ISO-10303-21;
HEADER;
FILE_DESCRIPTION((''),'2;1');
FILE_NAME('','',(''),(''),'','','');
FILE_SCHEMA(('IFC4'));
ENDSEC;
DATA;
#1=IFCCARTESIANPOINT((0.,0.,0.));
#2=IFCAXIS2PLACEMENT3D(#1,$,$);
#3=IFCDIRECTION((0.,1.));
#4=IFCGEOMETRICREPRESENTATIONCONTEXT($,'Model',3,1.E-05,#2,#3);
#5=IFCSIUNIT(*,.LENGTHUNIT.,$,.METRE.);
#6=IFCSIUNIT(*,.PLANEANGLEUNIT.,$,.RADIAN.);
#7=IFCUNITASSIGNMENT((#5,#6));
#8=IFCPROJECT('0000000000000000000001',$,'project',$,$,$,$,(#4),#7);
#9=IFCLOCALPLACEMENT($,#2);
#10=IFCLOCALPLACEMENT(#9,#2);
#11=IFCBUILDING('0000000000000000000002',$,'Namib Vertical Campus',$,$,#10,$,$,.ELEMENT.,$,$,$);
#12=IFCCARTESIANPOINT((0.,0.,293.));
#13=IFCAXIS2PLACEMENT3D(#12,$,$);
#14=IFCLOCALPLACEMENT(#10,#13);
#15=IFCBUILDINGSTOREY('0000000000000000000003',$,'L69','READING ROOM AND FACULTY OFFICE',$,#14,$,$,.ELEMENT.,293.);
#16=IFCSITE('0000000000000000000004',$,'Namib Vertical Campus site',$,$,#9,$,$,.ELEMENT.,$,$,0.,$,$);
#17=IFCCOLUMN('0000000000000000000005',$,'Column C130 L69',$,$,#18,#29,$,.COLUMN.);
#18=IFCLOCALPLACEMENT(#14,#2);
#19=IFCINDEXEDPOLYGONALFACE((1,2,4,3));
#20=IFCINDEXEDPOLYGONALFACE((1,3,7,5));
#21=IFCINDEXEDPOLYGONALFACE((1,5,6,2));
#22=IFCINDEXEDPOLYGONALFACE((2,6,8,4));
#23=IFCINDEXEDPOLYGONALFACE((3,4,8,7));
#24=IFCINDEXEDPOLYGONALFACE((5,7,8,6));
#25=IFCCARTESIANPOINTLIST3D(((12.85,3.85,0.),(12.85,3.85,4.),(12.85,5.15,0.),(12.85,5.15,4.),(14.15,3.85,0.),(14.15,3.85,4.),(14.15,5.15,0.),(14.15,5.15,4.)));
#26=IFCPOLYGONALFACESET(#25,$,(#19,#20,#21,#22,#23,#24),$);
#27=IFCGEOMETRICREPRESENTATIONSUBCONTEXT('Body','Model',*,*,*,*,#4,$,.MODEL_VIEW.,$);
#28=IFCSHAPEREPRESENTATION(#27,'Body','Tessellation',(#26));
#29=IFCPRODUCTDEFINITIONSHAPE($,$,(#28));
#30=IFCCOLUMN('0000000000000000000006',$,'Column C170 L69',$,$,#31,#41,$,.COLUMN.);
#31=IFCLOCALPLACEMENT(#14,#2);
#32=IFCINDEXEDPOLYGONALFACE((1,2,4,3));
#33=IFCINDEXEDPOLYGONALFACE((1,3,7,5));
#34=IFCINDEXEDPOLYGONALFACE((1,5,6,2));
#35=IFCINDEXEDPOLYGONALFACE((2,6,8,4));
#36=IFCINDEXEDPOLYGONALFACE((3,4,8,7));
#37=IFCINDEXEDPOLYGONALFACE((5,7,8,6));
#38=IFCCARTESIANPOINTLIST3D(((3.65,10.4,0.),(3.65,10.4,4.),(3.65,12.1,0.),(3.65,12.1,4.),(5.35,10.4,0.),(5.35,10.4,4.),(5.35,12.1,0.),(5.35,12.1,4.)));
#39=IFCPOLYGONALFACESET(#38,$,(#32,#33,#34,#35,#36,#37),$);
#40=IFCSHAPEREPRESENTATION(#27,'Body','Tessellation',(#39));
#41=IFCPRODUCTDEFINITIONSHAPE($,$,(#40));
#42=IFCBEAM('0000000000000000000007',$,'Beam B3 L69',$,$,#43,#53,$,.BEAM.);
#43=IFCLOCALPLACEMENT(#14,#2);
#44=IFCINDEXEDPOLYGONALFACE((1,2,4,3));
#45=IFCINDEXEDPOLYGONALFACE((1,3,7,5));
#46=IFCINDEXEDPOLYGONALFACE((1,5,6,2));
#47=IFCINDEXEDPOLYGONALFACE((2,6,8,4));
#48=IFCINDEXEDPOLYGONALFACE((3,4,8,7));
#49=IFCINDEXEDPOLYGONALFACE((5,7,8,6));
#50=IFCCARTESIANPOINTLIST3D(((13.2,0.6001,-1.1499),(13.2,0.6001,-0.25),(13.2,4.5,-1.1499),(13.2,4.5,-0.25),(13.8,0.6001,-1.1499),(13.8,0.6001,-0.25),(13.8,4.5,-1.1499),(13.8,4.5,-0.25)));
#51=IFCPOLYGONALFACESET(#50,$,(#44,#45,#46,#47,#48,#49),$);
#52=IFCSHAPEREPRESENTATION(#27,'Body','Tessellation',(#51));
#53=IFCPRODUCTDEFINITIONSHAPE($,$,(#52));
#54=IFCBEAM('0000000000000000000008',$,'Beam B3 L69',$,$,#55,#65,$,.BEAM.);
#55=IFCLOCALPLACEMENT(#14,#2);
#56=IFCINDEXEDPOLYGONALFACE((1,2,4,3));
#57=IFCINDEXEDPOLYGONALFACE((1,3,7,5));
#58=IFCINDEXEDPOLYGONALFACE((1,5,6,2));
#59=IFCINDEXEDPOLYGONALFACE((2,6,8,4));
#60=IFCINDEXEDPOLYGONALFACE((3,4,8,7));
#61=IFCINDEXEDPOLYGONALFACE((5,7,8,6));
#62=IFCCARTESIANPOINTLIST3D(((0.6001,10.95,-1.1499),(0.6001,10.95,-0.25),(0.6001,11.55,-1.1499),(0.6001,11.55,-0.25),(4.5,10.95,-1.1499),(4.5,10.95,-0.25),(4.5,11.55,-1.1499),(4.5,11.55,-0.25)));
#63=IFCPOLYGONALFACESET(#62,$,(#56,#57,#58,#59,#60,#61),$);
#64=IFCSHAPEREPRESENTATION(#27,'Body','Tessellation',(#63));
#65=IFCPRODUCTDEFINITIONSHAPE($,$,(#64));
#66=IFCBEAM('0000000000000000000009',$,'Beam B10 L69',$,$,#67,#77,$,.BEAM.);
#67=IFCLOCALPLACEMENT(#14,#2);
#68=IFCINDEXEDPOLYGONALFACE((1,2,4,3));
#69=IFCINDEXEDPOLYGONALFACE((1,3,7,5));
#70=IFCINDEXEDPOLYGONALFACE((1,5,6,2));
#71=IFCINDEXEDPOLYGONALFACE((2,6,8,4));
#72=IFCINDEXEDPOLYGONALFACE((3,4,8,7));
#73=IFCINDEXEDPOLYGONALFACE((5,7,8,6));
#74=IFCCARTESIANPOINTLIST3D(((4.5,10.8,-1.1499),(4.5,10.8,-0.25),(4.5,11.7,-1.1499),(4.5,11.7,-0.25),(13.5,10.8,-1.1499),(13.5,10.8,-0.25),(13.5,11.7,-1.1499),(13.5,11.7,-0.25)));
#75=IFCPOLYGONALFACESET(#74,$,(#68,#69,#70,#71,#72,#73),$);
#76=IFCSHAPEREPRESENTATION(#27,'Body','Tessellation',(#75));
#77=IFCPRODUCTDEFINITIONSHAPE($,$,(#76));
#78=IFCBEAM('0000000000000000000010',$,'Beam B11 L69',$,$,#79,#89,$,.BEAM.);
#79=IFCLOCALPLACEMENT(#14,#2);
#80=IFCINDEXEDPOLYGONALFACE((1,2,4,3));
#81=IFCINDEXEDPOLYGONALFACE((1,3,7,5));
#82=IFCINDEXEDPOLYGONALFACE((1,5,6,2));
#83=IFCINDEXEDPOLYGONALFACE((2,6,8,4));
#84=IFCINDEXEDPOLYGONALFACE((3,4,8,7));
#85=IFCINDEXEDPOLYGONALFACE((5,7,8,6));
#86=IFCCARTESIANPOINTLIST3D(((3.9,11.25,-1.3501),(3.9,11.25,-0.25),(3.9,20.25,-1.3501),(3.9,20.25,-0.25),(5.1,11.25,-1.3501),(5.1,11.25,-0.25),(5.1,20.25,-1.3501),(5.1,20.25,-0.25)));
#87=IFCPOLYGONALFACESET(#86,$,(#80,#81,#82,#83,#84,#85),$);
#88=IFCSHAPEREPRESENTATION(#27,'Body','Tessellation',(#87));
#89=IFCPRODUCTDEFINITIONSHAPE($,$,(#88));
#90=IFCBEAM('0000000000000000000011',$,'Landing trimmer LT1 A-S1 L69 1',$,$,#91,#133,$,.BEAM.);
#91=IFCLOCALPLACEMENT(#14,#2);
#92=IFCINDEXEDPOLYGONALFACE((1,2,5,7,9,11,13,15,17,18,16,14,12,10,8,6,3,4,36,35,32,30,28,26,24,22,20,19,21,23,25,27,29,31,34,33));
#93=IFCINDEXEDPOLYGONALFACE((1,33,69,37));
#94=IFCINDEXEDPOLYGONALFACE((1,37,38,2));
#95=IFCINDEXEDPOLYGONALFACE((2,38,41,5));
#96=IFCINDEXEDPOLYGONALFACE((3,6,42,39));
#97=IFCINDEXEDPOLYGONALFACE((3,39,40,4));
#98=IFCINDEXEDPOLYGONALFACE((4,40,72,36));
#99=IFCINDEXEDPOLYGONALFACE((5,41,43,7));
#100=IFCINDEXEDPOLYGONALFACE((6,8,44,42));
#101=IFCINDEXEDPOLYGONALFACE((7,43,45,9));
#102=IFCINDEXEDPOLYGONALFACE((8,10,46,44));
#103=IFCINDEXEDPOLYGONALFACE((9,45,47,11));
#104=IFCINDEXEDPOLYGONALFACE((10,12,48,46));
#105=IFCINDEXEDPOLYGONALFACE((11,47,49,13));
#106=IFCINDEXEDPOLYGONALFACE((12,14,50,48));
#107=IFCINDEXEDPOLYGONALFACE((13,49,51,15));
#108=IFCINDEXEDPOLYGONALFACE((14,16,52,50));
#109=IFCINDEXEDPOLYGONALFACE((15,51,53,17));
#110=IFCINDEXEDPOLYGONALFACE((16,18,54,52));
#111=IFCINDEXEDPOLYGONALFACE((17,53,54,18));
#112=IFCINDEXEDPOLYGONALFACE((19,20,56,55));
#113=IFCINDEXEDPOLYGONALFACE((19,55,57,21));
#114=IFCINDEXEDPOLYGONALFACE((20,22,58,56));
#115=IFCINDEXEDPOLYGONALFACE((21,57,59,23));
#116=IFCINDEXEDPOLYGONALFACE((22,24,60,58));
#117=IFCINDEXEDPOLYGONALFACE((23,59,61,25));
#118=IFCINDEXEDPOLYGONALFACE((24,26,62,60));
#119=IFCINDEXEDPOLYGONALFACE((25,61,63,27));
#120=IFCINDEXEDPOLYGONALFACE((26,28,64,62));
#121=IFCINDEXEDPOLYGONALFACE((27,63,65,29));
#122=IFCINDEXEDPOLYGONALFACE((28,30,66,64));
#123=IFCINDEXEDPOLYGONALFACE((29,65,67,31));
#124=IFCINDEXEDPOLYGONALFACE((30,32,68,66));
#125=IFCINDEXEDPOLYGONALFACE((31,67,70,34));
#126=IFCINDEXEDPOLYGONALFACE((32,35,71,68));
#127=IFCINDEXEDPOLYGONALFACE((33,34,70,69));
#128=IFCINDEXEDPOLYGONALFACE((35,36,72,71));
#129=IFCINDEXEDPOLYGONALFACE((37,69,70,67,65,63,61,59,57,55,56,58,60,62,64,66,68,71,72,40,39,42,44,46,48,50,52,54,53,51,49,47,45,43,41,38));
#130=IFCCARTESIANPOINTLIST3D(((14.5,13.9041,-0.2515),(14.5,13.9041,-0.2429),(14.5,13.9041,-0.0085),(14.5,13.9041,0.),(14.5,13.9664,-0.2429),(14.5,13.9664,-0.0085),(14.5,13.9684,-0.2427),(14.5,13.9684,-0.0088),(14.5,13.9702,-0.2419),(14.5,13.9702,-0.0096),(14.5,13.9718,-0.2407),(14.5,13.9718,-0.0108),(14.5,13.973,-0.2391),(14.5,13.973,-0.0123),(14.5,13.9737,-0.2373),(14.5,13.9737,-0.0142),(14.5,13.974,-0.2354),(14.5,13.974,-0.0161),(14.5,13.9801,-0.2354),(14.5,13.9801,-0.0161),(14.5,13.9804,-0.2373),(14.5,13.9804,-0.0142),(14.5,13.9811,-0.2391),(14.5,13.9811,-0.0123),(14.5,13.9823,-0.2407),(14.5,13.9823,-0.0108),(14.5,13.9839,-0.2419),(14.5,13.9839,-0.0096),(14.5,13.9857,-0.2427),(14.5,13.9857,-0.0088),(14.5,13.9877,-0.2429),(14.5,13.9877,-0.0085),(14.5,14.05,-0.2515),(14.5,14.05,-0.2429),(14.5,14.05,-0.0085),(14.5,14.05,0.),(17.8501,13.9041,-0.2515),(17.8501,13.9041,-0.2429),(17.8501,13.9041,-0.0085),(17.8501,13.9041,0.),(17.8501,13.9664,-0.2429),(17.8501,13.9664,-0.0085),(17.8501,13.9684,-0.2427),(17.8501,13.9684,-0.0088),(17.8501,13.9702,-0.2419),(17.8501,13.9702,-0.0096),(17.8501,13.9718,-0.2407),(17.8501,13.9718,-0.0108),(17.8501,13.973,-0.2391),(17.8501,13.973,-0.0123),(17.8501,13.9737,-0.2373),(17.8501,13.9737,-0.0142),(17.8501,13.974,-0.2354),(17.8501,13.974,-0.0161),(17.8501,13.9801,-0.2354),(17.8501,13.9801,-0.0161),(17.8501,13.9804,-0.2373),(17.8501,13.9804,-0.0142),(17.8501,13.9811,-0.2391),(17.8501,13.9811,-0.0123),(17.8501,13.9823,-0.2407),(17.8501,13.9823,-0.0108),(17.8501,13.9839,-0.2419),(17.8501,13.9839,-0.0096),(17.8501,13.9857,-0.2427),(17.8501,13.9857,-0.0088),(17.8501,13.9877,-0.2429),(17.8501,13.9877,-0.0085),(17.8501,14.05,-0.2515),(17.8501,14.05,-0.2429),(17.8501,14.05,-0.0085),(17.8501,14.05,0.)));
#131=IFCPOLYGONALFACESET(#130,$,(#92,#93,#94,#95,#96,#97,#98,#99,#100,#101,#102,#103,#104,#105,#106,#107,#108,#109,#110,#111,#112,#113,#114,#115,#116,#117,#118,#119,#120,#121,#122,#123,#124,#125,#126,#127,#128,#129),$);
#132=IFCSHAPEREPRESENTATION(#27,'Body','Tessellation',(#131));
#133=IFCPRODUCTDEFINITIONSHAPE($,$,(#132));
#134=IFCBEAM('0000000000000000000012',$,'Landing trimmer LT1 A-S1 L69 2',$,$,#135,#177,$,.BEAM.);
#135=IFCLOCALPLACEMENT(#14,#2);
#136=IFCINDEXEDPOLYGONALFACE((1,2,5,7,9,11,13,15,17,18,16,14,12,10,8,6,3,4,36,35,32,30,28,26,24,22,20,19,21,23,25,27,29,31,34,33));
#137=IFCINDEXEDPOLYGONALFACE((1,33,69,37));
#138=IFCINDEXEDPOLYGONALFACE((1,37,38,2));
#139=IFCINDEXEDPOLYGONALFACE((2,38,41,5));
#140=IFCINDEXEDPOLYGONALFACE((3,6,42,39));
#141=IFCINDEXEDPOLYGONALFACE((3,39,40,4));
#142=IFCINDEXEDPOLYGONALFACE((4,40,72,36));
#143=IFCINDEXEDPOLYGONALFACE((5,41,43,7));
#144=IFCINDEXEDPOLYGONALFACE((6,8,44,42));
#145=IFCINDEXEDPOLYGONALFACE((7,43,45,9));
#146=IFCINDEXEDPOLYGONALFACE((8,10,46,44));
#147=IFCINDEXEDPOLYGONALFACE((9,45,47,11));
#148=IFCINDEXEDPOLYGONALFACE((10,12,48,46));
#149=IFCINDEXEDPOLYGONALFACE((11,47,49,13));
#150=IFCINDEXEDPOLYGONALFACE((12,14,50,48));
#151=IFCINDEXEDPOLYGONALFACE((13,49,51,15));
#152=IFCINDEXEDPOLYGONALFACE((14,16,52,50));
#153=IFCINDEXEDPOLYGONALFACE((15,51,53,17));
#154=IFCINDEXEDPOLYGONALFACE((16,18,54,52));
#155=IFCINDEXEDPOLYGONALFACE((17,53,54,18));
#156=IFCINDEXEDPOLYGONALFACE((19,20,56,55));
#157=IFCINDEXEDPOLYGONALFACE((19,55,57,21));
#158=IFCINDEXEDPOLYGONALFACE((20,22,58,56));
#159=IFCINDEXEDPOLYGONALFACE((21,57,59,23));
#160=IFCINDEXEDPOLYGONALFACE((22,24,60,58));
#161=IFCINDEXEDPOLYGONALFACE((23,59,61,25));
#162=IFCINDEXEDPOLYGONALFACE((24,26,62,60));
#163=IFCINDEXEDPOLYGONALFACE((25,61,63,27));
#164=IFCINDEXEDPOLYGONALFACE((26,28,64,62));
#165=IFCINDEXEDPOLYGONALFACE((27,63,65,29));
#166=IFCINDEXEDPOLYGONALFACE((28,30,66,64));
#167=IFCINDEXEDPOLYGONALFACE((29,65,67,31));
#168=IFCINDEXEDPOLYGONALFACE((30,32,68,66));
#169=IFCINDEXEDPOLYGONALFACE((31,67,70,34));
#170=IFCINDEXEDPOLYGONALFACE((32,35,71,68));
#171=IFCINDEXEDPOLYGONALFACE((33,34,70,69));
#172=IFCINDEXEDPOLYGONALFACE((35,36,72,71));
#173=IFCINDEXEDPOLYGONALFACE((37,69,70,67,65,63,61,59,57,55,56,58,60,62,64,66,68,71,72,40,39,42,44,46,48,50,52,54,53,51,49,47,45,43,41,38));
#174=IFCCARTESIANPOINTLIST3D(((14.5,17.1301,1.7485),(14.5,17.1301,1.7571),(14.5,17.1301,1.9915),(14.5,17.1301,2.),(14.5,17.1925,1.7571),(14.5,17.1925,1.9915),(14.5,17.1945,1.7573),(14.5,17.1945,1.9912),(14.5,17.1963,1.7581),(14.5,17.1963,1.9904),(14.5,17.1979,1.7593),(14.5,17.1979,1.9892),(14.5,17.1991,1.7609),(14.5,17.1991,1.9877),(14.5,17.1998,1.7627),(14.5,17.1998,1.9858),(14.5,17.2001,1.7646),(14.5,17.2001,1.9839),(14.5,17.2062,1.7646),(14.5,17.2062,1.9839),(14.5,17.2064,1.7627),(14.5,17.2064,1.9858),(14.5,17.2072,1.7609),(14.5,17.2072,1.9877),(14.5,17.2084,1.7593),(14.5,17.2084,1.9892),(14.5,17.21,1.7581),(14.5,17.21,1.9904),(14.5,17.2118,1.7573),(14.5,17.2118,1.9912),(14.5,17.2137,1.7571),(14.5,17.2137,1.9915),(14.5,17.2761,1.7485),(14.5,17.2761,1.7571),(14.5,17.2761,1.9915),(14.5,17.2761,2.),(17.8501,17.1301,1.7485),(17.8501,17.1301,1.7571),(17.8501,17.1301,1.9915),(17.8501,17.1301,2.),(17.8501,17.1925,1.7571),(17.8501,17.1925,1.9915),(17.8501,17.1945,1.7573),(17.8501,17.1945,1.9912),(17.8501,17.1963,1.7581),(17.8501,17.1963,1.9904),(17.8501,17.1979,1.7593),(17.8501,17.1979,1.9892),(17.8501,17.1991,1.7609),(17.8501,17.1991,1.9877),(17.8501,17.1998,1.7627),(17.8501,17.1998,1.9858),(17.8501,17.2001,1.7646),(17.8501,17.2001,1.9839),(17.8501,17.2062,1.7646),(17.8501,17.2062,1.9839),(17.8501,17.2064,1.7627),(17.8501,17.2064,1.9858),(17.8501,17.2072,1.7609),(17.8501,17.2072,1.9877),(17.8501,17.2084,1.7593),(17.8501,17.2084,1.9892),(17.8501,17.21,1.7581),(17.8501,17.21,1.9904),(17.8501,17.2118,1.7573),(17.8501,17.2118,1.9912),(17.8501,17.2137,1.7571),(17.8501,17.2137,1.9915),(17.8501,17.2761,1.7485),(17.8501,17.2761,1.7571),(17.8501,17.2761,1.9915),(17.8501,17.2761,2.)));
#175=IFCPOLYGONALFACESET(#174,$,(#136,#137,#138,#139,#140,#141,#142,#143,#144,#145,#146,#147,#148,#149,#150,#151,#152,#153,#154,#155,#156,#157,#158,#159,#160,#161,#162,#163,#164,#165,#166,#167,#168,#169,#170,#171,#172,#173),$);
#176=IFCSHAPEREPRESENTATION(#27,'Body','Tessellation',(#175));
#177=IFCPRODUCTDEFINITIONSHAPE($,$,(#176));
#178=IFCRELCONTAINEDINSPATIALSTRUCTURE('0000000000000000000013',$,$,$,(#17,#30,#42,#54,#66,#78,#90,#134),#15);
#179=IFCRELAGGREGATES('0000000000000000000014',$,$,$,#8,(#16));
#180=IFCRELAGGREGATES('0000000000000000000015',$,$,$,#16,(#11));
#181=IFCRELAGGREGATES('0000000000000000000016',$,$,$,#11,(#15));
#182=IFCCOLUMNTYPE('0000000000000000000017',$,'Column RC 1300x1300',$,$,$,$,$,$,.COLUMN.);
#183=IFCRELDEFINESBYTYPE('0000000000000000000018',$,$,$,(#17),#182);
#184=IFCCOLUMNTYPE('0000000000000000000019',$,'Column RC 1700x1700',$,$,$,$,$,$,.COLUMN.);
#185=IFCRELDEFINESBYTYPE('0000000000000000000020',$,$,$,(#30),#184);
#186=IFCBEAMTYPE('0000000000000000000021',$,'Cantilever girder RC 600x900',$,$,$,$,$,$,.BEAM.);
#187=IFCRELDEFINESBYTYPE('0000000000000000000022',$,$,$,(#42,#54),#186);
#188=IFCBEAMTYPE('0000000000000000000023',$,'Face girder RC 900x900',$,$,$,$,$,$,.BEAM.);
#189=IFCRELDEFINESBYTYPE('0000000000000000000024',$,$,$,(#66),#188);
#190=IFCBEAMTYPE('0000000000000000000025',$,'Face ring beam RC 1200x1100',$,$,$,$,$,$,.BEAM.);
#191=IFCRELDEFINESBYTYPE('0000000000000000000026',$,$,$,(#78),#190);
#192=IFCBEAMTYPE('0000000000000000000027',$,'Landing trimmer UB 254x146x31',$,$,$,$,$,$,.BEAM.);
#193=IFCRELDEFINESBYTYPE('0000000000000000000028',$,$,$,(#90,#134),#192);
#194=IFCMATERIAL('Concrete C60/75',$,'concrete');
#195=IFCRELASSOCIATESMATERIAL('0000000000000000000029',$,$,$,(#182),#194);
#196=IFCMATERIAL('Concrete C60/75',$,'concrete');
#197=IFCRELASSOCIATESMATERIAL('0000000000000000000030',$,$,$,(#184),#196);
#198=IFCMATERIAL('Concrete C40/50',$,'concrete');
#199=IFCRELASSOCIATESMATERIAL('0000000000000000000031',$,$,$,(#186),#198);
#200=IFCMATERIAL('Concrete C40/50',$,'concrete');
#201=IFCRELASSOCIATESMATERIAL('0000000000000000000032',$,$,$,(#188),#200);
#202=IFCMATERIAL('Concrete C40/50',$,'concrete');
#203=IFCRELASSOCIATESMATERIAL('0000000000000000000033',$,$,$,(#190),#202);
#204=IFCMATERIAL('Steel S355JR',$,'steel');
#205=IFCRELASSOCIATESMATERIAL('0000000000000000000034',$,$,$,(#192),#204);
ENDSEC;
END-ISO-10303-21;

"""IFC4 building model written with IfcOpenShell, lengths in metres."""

from ifc_helpers import new_model, si_unit, direction, frame, origin, origin_2d, place, context, subcontext, project, spatial, rectangle, i_section, extrude, material, material_profile, profile_set, type_object, element, save


model = new_model("IFC4")

# Units and contexts
model_context = context("Model", 3, precision=1e-05, world=origin(), true_north=direction((0.0, 1.0)))
body_context = subcontext(model_context, "Body", "Model", "MODEL_VIEW")
ifc_project = project(units=[si_unit("LENGTHUNIT", "METRE"), si_unit("PLANEANGLEUNIT", "RADIAN")], contexts=[model_context])

# Site, building, storey
site_placement = place(None, origin())
site = spatial("IfcSite", under=ifc_project, at=site_placement, Name="Namib Vertical Campus site", CompositionType="ELEMENT", RefElevation=0.0)
building_placement = place(site_placement, origin())
building = spatial("IfcBuilding", under=site, at=building_placement, Name="Namib Vertical Campus", CompositionType="ELEMENT")
storey_placement = place(building_placement, frame((0.0, 0.0, 293.0)))
storey = spatial("IfcBuildingStorey", under=building, at=storey_placement, Name="L69", Description="READING ROOM AND FACULTY OFFICE", CompositionType="ELEMENT", Elevation=293.0)

# Columns
ifc_material_1 = material(Name="Concrete C60/75", Category="concrete")
ifc_material_profile_1 = material_profile(ifc_material_1, rectangle(XDim=1.3, YDim=1.3, at=origin_2d()))
ifc_profile_set_1 = profile_set([ifc_material_profile_1], Name="Concrete C60/75")
column_type_1 = type_object("IfcColumnType", Name="Column RC 1300x1300", PredefinedType="COLUMN", material=ifc_profile_set_1)
column_1_placement = place(storey_placement, frame((13.5, 4.5, 0.0), z_axis=(0.0, 0.0, 1.0), x_axis=(1.0, 0.0, 0.0)))
element("IfcColumn", 1, at=column_1_placement, inside=storey, type_object=column_type_1, Name="Column C130 L69", PredefinedType="COLUMN", context=body_context, shape_type="SweptSolid", body=[
    extrude(rectangle(XDim=1.3, YDim=1.3, at=origin_2d()), origin(), (0.0, 0.0, 1.0), 4.0),
])
ifc_material_2 = material(Name="Concrete C60/75", Category="concrete")
ifc_material_profile_2 = material_profile(ifc_material_2, rectangle(XDim=1.7, YDim=1.7, at=origin_2d()))
ifc_profile_set_2 = profile_set([ifc_material_profile_2], Name="Concrete C60/75")
column_type_2 = type_object("IfcColumnType", Name="Column RC 1700x1700", PredefinedType="COLUMN", material=ifc_profile_set_2)
column_2_placement = place(storey_placement, frame((4.5, 11.25, 0.0), z_axis=(0.0, 0.0, 1.0), x_axis=(1.0, 0.0, 0.0)))
element("IfcColumn", 2, at=column_2_placement, inside=storey, type_object=column_type_2, Name="Column C170 L69", PredefinedType="COLUMN", context=body_context, shape_type="SweptSolid", body=[
    extrude(rectangle(XDim=1.7, YDim=1.7, at=origin_2d()), origin(), (0.0, 0.0, 1.0), 4.0),
])

# Beams
ifc_material_3 = material(Name="Concrete C40/50", Category="concrete")
ifc_material_profile_3 = material_profile(ifc_material_3, rectangle(XDim=0.6001, YDim=0.8999, at=origin_2d()))
ifc_profile_set_3 = profile_set([ifc_material_profile_3], Name="Concrete C40/50")
beam_type_1 = type_object("IfcBeamType", Name="Cantilever girder RC 600x900", PredefinedType="BEAM", material=ifc_profile_set_3)
for number, where, z_axis, x_axis, name in (
    (3, (13.5, 4.5, -0.7), (0.0, -1.0, 0.0), (1.0, 0.0, 0.0), "Beam B3 L69"),
    (4, (4.5, 11.25, -0.7), (-1.0, 0.0, 0.0), (0.0, -1.0, 0.0), "Beam B3 L69"),
):
    element("IfcBeam", number, at=place(storey_placement, frame(where, z_axis=z_axis, x_axis=x_axis)), inside=storey, type_object=beam_type_1, Name=name, PredefinedType="BEAM", context=body_context, shape_type="SweptSolid", body=[
        extrude(rectangle(XDim=0.6001, YDim=0.8999, at=origin_2d()), origin(), (0.0, 0.0, 1.0), 3.8999),
    ])
ifc_material_4 = material(Name="Concrete C40/50", Category="concrete")
ifc_material_profile_4 = material_profile(ifc_material_4, rectangle(XDim=0.8999, YDim=0.8999, at=origin_2d()))
ifc_profile_set_4 = profile_set([ifc_material_profile_4], Name="Concrete C40/50")
beam_type_2 = type_object("IfcBeamType", Name="Face girder RC 900x900", PredefinedType="BEAM", material=ifc_profile_set_4)
beam_1_placement = place(storey_placement, frame((4.5, 11.25, -0.7), z_axis=(1.0, 0.0, 0.0), x_axis=(0.0, 1.0, 0.0)))
element("IfcBeam", 5, at=beam_1_placement, inside=storey, type_object=beam_type_2, Name="Beam B10 L69", PredefinedType="BEAM", context=body_context, shape_type="SweptSolid", body=[
    extrude(rectangle(XDim=0.8999, YDim=0.8999, at=origin_2d()), origin(), (0.0, 0.0, 1.0), 9.0),
])
ifc_material_5 = material(Name="Concrete C40/50", Category="concrete")
ifc_material_profile_5 = material_profile(ifc_material_5, rectangle(XDim=1.2, YDim=1.1001, at=origin_2d()))
ifc_profile_set_5 = profile_set([ifc_material_profile_5], Name="Concrete C40/50")
beam_type_3 = type_object("IfcBeamType", Name="Face ring beam RC 1200x1100", PredefinedType="BEAM", material=ifc_profile_set_5)
beam_2_placement = place(storey_placement, frame((4.5, 11.25, -0.8), z_axis=(0.0, 1.0, 0.0), x_axis=(-1.0, 0.0, 0.0)))
element("IfcBeam", 6, at=beam_2_placement, inside=storey, type_object=beam_type_3, Name="Beam B11 L69", PredefinedType="BEAM", context=body_context, shape_type="SweptSolid", body=[
    extrude(rectangle(XDim=1.2, YDim=1.1001, at=origin_2d()), origin(), (0.0, 0.0, 1.0), 9.0),
])
ifc_material_6 = material(Name="Steel S355JR", Category="steel")
ifc_material_profile_6 = material_profile(ifc_material_6, i_section(OverallWidth=0.146, OverallDepth=0.2515, WebThickness=0.0061, FlangeThickness=0.0085, FilletRadius=0.0076, at=origin_2d()))
ifc_profile_set_6 = profile_set([ifc_material_profile_6], Name="Steel S355JR")
beam_type_4 = type_object("IfcBeamType", Name="Landing trimmer UB 254x146x31", PredefinedType="BEAM", material=ifc_profile_set_6)
for number, where, z_axis, x_axis, name in (
    (7, (14.5, 13.9771, -0.1257), (1.0, 0.0, 0.0), (0.0, 1.0, 0.0), "Landing trimmer LT1 A-S1 L69 1"),
    (8, (14.5, 17.2031, 1.8743), (1.0, 0.0, 0.0), (0.0, 1.0, 0.0), "Landing trimmer LT1 A-S1 L69 2"),
):
    element("IfcBeam", number, at=place(storey_placement, frame(where, z_axis=z_axis, x_axis=x_axis)), inside=storey, type_object=beam_type_4, Name=name, PredefinedType="BEAM", context=body_context, shape_type="SweptSolid", body=[
        extrude(i_section(OverallWidth=0.146, OverallDepth=0.2515, WebThickness=0.0061, FlangeThickness=0.0085, FilletRadius=0.0076, at=origin_2d()), origin(), (0.0, 0.0, 1.0), 3.3501),
    ])

save(model, "model.ifc")
